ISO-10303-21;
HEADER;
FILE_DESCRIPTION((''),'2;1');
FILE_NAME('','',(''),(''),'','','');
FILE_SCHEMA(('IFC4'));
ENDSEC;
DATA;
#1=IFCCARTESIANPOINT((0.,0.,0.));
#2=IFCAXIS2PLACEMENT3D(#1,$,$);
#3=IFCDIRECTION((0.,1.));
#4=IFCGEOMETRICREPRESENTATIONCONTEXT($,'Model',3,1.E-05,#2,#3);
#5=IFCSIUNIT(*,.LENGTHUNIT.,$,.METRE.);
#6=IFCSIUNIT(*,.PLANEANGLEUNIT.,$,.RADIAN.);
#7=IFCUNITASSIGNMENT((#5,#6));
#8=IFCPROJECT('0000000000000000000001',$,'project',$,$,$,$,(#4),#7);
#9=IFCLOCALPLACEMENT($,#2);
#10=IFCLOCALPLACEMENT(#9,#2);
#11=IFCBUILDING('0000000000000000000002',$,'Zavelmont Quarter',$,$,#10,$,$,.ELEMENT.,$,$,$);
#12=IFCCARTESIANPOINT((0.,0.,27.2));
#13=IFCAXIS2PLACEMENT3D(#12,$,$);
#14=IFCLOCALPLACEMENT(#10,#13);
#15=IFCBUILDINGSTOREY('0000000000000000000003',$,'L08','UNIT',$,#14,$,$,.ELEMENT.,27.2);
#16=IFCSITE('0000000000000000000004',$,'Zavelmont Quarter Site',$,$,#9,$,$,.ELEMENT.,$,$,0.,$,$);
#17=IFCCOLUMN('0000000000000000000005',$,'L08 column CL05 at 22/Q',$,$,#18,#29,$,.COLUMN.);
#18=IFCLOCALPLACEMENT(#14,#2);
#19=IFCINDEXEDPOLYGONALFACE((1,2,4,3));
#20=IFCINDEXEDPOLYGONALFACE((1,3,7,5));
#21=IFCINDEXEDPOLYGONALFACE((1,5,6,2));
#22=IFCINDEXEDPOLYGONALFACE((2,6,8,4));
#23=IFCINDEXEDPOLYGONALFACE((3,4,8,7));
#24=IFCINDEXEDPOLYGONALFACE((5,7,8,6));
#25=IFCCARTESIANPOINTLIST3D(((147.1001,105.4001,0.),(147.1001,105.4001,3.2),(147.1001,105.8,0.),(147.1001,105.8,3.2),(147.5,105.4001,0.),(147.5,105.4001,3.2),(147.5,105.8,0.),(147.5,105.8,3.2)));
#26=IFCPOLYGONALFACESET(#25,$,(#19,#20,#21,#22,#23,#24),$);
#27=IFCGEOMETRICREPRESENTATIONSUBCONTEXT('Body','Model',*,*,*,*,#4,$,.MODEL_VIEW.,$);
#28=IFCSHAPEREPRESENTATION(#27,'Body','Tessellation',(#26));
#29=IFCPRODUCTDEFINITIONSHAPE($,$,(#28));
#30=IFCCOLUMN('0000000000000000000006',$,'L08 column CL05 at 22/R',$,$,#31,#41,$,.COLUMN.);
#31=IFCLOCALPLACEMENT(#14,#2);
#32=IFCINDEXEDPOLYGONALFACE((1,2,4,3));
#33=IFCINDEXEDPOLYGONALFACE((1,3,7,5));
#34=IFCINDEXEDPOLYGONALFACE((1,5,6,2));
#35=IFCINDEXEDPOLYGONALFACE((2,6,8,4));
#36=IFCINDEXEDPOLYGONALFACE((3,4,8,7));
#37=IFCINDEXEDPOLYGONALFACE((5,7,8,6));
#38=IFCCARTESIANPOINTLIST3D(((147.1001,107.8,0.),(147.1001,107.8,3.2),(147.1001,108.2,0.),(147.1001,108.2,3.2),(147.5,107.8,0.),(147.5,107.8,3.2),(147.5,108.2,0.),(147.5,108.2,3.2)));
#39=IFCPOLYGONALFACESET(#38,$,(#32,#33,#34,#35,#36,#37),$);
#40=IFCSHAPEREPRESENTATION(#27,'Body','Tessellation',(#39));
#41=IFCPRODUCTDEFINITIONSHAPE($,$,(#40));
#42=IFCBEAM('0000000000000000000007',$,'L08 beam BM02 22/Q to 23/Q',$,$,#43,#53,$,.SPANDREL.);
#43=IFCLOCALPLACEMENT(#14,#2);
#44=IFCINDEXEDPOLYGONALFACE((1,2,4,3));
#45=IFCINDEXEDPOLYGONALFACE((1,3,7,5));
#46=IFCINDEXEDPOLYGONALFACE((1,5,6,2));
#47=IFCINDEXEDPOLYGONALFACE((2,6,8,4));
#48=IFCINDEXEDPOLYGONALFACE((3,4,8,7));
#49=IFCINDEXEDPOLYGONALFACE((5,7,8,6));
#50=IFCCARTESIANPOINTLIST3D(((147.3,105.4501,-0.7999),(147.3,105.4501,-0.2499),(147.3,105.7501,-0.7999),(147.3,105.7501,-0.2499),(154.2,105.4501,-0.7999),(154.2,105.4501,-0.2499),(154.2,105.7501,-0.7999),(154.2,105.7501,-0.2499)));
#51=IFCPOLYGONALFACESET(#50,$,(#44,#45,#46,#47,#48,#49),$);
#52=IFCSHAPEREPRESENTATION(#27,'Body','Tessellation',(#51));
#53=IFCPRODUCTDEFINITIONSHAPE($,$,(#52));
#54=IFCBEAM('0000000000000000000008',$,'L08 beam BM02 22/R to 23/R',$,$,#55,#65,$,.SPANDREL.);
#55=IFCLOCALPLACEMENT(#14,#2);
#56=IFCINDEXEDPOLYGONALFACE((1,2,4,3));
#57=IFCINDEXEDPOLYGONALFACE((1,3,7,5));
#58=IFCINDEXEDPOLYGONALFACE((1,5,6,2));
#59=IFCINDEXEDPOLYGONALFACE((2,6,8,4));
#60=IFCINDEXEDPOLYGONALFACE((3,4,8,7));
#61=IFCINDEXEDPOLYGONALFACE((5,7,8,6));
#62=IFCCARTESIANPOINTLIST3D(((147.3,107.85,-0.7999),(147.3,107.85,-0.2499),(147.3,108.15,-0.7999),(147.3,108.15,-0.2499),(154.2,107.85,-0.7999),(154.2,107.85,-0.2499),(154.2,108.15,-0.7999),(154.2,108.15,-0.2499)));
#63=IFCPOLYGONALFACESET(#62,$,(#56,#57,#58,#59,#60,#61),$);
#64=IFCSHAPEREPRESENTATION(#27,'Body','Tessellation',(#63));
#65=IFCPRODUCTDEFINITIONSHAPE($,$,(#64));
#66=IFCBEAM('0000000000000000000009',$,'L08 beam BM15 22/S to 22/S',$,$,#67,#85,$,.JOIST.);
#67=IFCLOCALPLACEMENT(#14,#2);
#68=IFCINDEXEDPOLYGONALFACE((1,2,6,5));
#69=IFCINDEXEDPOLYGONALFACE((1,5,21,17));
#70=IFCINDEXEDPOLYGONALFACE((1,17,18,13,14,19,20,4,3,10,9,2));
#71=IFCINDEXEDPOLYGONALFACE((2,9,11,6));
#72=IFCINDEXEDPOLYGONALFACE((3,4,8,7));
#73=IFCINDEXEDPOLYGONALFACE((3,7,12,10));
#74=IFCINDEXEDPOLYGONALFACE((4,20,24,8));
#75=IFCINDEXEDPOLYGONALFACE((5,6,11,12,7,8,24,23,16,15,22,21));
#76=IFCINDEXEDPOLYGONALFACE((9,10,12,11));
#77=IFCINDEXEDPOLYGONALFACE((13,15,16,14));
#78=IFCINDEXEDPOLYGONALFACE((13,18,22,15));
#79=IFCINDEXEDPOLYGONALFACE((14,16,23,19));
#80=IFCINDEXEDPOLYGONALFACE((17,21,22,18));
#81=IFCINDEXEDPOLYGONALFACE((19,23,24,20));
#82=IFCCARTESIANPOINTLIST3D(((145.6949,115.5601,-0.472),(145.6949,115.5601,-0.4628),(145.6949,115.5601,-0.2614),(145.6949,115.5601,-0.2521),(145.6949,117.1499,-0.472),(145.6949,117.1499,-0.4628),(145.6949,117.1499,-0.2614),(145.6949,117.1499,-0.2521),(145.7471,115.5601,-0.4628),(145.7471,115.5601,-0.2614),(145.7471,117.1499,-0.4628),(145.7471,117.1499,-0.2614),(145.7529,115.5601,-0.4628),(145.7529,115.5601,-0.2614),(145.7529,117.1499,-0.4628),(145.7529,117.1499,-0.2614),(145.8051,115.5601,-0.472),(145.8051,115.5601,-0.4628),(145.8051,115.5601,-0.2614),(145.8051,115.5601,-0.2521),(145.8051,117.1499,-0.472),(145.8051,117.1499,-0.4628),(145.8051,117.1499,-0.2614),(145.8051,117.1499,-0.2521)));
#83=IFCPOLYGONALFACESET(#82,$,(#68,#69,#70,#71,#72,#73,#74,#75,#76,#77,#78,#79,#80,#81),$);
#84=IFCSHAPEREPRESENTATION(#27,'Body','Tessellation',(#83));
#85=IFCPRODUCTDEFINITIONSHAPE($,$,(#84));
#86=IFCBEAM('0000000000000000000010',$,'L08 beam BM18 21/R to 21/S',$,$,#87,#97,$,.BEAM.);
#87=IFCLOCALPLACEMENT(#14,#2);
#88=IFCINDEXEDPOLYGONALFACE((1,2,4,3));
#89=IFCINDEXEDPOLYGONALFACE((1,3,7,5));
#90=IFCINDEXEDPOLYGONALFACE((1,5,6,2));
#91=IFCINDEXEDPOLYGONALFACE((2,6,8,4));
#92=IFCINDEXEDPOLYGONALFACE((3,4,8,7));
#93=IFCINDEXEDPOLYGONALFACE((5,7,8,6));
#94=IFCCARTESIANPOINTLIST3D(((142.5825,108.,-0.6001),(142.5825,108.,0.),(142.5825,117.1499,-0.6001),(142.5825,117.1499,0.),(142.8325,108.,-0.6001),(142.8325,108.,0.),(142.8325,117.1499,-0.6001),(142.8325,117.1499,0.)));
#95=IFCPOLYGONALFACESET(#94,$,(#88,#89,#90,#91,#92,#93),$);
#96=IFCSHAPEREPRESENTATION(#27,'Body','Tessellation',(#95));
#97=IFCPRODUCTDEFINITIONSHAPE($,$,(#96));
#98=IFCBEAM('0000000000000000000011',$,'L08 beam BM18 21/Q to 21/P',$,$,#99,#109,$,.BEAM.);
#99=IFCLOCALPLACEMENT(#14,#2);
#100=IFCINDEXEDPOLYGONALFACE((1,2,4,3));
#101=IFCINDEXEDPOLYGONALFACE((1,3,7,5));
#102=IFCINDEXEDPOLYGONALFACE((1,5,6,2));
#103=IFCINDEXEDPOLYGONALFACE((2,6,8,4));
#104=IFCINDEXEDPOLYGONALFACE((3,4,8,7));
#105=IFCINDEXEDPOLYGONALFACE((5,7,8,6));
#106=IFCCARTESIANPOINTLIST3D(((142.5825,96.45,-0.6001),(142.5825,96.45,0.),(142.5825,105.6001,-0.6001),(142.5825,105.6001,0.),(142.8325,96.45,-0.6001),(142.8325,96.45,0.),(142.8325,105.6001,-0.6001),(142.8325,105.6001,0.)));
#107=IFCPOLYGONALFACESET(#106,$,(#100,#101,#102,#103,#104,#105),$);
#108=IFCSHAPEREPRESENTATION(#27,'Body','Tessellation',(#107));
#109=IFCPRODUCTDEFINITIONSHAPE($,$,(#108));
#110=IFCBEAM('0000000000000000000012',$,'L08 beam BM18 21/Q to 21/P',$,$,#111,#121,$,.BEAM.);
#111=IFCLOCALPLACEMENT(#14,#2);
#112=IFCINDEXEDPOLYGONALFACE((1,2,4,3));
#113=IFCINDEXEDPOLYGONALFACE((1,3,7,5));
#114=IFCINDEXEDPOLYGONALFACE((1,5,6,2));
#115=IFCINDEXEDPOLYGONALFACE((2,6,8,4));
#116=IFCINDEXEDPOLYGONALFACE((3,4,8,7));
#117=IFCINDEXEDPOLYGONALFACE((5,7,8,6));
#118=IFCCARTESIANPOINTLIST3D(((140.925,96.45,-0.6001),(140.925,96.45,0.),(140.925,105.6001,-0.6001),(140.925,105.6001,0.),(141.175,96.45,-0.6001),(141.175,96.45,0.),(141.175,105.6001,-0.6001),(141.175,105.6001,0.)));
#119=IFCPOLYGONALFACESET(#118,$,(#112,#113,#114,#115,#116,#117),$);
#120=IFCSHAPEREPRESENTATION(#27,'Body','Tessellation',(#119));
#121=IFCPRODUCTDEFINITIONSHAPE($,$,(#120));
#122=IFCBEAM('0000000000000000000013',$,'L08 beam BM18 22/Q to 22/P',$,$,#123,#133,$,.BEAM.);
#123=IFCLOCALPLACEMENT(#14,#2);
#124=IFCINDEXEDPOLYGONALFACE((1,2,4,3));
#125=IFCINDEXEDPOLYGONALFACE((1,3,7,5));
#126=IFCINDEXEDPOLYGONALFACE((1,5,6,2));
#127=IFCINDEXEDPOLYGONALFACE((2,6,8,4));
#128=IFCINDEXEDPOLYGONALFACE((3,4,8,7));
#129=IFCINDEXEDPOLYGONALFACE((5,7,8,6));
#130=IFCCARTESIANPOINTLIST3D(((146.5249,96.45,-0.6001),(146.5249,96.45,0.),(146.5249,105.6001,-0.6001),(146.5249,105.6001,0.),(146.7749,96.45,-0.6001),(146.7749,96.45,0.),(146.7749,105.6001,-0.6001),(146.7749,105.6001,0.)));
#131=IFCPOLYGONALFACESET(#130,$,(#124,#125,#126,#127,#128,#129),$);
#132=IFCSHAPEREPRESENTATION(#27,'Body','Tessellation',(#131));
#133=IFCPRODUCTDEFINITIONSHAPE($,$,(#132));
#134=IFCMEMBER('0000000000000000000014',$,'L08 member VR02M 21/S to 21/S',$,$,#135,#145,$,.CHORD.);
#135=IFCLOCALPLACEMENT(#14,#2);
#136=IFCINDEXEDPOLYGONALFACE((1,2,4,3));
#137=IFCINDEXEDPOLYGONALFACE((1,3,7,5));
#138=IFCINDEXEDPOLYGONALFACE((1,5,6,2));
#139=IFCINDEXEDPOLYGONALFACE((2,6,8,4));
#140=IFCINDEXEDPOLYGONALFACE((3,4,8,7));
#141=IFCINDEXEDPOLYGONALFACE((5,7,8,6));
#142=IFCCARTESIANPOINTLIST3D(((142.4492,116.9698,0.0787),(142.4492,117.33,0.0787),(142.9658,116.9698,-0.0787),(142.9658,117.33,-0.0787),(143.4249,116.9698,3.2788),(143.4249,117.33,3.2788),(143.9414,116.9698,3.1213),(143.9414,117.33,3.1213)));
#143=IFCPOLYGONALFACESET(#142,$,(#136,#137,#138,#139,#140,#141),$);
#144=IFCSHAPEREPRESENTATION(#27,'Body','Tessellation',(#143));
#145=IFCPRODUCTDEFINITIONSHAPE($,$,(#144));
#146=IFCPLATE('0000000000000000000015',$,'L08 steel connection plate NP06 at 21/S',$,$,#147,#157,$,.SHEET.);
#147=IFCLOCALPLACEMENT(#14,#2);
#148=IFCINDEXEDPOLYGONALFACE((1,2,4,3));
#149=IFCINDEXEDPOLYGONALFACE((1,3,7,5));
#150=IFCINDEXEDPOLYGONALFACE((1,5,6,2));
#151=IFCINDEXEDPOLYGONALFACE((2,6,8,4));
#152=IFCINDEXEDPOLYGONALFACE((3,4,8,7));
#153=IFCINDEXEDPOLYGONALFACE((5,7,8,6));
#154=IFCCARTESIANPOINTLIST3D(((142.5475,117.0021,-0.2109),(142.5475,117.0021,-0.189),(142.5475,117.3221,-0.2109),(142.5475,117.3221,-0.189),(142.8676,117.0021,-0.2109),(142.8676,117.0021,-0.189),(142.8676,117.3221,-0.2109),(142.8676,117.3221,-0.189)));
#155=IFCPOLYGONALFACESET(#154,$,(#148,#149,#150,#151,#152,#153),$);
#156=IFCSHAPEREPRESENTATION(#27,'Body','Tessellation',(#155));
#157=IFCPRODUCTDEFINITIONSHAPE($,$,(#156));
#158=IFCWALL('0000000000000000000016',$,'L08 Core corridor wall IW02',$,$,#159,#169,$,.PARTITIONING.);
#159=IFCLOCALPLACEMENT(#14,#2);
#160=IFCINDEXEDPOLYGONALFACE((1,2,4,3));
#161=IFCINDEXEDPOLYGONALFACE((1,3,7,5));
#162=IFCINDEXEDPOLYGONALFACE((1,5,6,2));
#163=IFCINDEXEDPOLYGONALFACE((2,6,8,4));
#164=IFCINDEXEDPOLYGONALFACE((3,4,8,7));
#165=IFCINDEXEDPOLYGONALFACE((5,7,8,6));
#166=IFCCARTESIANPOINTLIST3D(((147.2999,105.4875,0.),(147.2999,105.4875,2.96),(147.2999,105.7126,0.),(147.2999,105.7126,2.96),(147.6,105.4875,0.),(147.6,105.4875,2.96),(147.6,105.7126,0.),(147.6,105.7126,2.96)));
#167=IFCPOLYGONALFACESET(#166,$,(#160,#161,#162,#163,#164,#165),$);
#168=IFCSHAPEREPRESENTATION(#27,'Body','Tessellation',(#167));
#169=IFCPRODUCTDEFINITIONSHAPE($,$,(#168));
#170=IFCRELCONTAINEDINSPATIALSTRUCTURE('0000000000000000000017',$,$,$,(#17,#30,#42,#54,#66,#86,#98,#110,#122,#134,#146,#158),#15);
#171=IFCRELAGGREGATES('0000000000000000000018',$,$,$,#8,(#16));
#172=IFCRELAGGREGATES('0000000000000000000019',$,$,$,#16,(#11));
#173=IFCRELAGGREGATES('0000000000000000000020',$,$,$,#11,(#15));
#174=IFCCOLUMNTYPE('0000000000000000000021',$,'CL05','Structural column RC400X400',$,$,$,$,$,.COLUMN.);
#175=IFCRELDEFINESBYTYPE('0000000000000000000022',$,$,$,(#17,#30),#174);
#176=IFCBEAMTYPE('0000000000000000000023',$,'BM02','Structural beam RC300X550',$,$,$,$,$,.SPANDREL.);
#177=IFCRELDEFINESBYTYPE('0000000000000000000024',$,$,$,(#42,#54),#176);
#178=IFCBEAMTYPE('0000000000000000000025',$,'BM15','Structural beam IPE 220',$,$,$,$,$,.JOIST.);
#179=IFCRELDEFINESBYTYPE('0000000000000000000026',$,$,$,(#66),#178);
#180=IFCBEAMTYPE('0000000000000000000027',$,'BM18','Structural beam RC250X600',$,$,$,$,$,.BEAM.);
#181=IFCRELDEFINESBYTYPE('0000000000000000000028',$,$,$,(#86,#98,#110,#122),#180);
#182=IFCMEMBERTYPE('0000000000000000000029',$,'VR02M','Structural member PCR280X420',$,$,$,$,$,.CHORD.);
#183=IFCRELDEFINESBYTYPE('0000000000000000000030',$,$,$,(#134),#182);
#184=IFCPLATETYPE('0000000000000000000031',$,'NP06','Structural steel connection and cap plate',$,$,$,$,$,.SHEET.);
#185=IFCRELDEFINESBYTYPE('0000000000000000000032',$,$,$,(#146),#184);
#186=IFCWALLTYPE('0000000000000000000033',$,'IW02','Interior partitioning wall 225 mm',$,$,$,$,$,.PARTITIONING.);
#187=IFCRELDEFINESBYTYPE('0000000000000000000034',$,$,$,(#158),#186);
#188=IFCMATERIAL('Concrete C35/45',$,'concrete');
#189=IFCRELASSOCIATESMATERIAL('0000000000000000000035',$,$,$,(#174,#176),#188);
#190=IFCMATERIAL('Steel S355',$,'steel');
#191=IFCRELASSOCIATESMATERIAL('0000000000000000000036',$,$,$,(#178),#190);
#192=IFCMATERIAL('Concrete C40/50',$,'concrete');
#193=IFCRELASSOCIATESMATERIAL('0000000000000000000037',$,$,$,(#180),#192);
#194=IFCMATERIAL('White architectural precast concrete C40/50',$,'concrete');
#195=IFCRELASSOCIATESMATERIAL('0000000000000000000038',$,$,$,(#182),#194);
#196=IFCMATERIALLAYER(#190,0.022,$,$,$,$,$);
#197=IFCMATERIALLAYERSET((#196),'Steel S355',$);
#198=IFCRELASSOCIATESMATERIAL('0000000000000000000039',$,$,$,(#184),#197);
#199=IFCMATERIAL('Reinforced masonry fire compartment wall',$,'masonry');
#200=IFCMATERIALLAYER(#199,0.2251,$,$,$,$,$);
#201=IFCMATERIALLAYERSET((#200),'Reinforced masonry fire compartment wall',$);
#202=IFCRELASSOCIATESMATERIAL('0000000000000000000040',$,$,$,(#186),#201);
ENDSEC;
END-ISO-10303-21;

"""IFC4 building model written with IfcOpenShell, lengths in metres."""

from ifc_helpers import new_model, si_unit, direction, frame, frame_2d, origin, origin_2d, place, context, subcontext, project, spatial, rectangle, i_section, extrude, material, layer, layer_set, material_profile, profile_set, type_object, element, save


model = new_model("IFC4")

# Units and contexts
model_context = context("Model", 3, precision=1e-05, world=origin(), true_north=direction((0.0, 1.0)))
body_context = subcontext(model_context, "Body", "Model", "MODEL_VIEW")
ifc_project = project(units=[si_unit("LENGTHUNIT", "METRE"), si_unit("PLANEANGLEUNIT", "RADIAN")], contexts=[model_context])

# Site, building, storey
site_placement = place(None, origin())
site = spatial("IfcSite", under=ifc_project, at=site_placement, Name="Zavelmont Quarter Site", CompositionType="ELEMENT", RefElevation=0.0)
building_placement = place(site_placement, origin())
building = spatial("IfcBuilding", under=site, at=building_placement, Name="Zavelmont Quarter", CompositionType="ELEMENT")
storey_placement = place(building_placement, frame((0.0, 0.0, 27.2)))
storey = spatial("IfcBuildingStorey", under=building, at=storey_placement, Name="L08", Description="UNIT", CompositionType="ELEMENT", Elevation=27.2)

# Columns
ifc_material_1 = material(Name="Concrete C35/45", Category="concrete")
ifc_material_profile_1 = material_profile(ifc_material_1, rectangle(XDim=0.3999, YDim=0.3999, at=origin_2d()), Name="RC400X400")
ifc_profile_set_1 = profile_set([ifc_material_profile_1], Name="Concrete C35/45")
column_type = type_object("IfcColumnType", Name="CL05", Description="Structural column RC400X400", PredefinedType="COLUMN", material=ifc_profile_set_1)
for number, where, z_axis, x_axis, name in (
    (1, (147.3, 105.6001, 0.0), (0.0, 0.0, 1.0), (1.0, 0.0, 0.0), "L08 column CL05 at 22/Q"),
    (2, (147.3, 108.0, 0.0), (0.0, 0.0, 1.0), (1.0, 0.0, 0.0), "L08 column CL05 at 22/R"),
):
    element("IfcColumn", number, at=place(storey_placement, frame(where, z_axis=z_axis, x_axis=x_axis)), inside=storey, type_object=column_type, Name=name, PredefinedType="COLUMN", context=body_context, shape_type="SweptSolid", body=[
        extrude(rectangle(XDim=0.3999, YDim=0.3999, at=origin_2d()), origin(), (0.0, 0.0, 1.0), 3.2),
    ])

# Beams
ifc_material_profile_2 = material_profile(ifc_material_1, rectangle(XDim=0.3, YDim=0.55, at=origin_2d()), Name="RC300X550")
ifc_profile_set_2 = profile_set([ifc_material_profile_2], Name="Concrete C35/45")
beam_type_1 = type_object("IfcBeamType", Name="BM02", Description="Structural beam RC300X550", PredefinedType="SPANDREL", material=ifc_profile_set_2)
for number, where, z_axis, x_axis, name in (
    (3, (147.3, 105.6001, -0.5249), (1.0, 0.0, 0.0), (0.0, 1.0, 0.0), "L08 beam BM02 22/Q to 23/Q"),
    (4, (147.3, 108.0, -0.5249), (1.0, 0.0, 0.0), (0.0, 1.0, 0.0), "L08 beam BM02 22/R to 23/R"),
):
    element("IfcBeam", number, at=place(storey_placement, frame(where, z_axis=z_axis, x_axis=x_axis)), inside=storey, type_object=beam_type_1, Name=name, PredefinedType="SPANDREL", context=body_context, shape_type="SweptSolid", body=[
        extrude(rectangle(XDim=0.3, YDim=0.55, at=origin_2d()), origin(), (0.0, 0.0, 1.0), 6.8999),
    ])
ifc_material_2 = material(Name="Steel S355", Category="steel")
ifc_material_profile_3 = material_profile(ifc_material_2, i_section(OverallWidth=0.1101, OverallDepth=0.22, WebThickness=0.0059, FlangeThickness=0.0093, at=origin_2d()), Name="IPE 220")
ifc_profile_set_3 = profile_set([ifc_material_profile_3], Name="Steel S355")
beam_type_2 = type_object("IfcBeamType", Name="BM15", Description="Structural beam IPE 220", PredefinedType="JOIST", material=ifc_profile_set_3)
beam_1_placement = place(storey_placement, frame((145.75, 115.5601, -0.3621), z_axis=(0.0, 1.0, 0.0), x_axis=(-1.0, 0.0, 0.0)))
element("IfcBeam", 5, at=beam_1_placement, inside=storey, type_object=beam_type_2, Name="L08 beam BM15 22/S to 22/S", PredefinedType="JOIST", context=body_context, shape_type="SweptSolid", body=[
    extrude(i_section(OverallWidth=0.1101, OverallDepth=0.22, WebThickness=0.0059, FlangeThickness=0.0093, at=origin_2d()), origin(), (0.0, 0.0, 1.0), 1.5898),
])
ifc_material_3 = material(Name="Concrete C40/50", Category="concrete")
ifc_material_profile_4 = material_profile(ifc_material_3, rectangle(XDim=0.25, YDim=0.6001, at=origin_2d()), Name="RC250X600")
ifc_profile_set_4 = profile_set([ifc_material_profile_4], Name="Concrete C40/50")
beam_type_3 = type_object("IfcBeamType", Name="BM18", Description="Structural beam RC250X600", PredefinedType="BEAM", material=ifc_profile_set_4)
beam_2_placement = place(storey_placement, frame((142.7075, 108.0, -0.3), z_axis=(0.0, 1.0, 0.0), x_axis=(-1.0, 0.0, 0.0)))
element("IfcBeam", 6, at=beam_2_placement, inside=storey, type_object=beam_type_3, Name="L08 beam BM18 21/R to 21/S", PredefinedType="BEAM", context=body_context, shape_type="SweptSolid", body=[
    extrude(rectangle(XDim=0.25, YDim=0.6001, at=origin_2d()), origin(), (0.0, 0.0, 1.0), 9.1499),
])
for number, where, z_axis, x_axis, name in (
    (7, (142.7075, 105.6001, -0.3), (0.0, -1.0, 0.0), (1.0, 0.0, 0.0), "L08 beam BM18 21/Q to 21/P"),
    (8, (141.05, 105.6001, -0.3), (0.0, -1.0, 0.0), (1.0, 0.0, 0.0), "L08 beam BM18 21/Q to 21/P"),
    (9, (146.6499, 105.6001, -0.3), (0.0, -1.0, 0.0), (1.0, 0.0, 0.0), "L08 beam BM18 22/Q to 22/P"),
):
    element("IfcBeam", number, at=place(storey_placement, frame(where, z_axis=z_axis, x_axis=x_axis)), inside=storey, type_object=beam_type_3, Name=name, PredefinedType="BEAM", context=body_context, shape_type="SweptSolid", body=[
        extrude(rectangle(XDim=0.25, YDim=0.6001, at=origin_2d()), origin(), (0.0, 0.0, 1.0), 9.1501),
    ])

# Member
ifc_material_4 = material(Name="White architectural precast concrete C40/50", Category="concrete")
ifc_material_profile_5 = material_profile(ifc_material_4, rectangle(XDim=0.3601, YDim=0.54, at=origin_2d()), Name="PCR280X420")
ifc_profile_set_5 = profile_set([ifc_material_profile_5], Name="White architectural precast concrete C40/50")
member_type = type_object("IfcMemberType", Name="VR02M", Description="Structural member PCR280X420", PredefinedType="CHORD", material=ifc_profile_set_5)
member_placement = place(storey_placement, frame((142.7075, 117.1499, 0.0), z_axis=(0.291623, 0.0, 0.956533), x_axis=(0.0, 1.0, 0.0)))
element("IfcMember", 10, at=member_placement, inside=storey, type_object=member_type, Name="L08 member VR02M 21/S to 21/S", PredefinedType="CHORD", context=body_context, shape_type="SweptSolid", body=[
    extrude(rectangle(XDim=0.3601, YDim=0.54, at=origin_2d()), origin(), (0.0, 0.0, 1.0), 3.3455),
])

# Plate
ifc_layer_1 = layer(ifc_material_2, 0.022)
ifc_layer_set_1 = layer_set([ifc_layer_1], Name="Steel S355")
plate_type = type_object("IfcPlateType", Name="NP06", Description="Structural steel connection and cap plate", PredefinedType="SHEET", material=ifc_layer_set_1)
plate_placement = place(storey_placement, frame((142.7075, 117.1621, -0.2109), z_axis=(0.0, 0.0, 1.0), x_axis=(1.0, 0.0, 0.0)))
element("IfcPlate", 11, at=plate_placement, inside=storey, type_object=plate_type, Name="L08 steel connection plate NP06 at 21/S", PredefinedType="SHEET", context=body_context, shape_type="SweptSolid", body=[
    extrude(rectangle(XDim=0.3201, YDim=0.3201, at=origin_2d()), origin(), (0.0, 0.0, 1.0), 0.022),
])

# Wall
ifc_material_5 = material(Name="Reinforced masonry fire compartment wall", Category="masonry")
ifc_layer_2 = layer(ifc_material_5, 0.2251)
ifc_layer_set_2 = layer_set([ifc_layer_2], Name="Reinforced masonry fire compartment wall")
wall_type_1 = type_object("IfcWallType", Name="IW02", Description="Interior partitioning wall 225 mm", PredefinedType="PARTITIONING", material=ifc_layer_set_2)
wall_1_placement = place(storey_placement, frame((147.3, 105.6001, 0.0), z_axis=(0.0, 0.0, 1.0), x_axis=(1.0, 0.0, 0.0)))
element("IfcWall", 12, at=wall_1_placement, inside=storey, type_object=wall_type_1, Name="L08 Core corridor wall IW02", PredefinedType="PARTITIONING", context=body_context, shape_type="SweptSolid", body=[
    extrude(rectangle(XDim=0.3, YDim=0.2251, at=frame_2d((0.1499, 0.0))), origin(), (0.0, 0.0, 1.0), 2.96),
])

save(model, "model.ifc")
